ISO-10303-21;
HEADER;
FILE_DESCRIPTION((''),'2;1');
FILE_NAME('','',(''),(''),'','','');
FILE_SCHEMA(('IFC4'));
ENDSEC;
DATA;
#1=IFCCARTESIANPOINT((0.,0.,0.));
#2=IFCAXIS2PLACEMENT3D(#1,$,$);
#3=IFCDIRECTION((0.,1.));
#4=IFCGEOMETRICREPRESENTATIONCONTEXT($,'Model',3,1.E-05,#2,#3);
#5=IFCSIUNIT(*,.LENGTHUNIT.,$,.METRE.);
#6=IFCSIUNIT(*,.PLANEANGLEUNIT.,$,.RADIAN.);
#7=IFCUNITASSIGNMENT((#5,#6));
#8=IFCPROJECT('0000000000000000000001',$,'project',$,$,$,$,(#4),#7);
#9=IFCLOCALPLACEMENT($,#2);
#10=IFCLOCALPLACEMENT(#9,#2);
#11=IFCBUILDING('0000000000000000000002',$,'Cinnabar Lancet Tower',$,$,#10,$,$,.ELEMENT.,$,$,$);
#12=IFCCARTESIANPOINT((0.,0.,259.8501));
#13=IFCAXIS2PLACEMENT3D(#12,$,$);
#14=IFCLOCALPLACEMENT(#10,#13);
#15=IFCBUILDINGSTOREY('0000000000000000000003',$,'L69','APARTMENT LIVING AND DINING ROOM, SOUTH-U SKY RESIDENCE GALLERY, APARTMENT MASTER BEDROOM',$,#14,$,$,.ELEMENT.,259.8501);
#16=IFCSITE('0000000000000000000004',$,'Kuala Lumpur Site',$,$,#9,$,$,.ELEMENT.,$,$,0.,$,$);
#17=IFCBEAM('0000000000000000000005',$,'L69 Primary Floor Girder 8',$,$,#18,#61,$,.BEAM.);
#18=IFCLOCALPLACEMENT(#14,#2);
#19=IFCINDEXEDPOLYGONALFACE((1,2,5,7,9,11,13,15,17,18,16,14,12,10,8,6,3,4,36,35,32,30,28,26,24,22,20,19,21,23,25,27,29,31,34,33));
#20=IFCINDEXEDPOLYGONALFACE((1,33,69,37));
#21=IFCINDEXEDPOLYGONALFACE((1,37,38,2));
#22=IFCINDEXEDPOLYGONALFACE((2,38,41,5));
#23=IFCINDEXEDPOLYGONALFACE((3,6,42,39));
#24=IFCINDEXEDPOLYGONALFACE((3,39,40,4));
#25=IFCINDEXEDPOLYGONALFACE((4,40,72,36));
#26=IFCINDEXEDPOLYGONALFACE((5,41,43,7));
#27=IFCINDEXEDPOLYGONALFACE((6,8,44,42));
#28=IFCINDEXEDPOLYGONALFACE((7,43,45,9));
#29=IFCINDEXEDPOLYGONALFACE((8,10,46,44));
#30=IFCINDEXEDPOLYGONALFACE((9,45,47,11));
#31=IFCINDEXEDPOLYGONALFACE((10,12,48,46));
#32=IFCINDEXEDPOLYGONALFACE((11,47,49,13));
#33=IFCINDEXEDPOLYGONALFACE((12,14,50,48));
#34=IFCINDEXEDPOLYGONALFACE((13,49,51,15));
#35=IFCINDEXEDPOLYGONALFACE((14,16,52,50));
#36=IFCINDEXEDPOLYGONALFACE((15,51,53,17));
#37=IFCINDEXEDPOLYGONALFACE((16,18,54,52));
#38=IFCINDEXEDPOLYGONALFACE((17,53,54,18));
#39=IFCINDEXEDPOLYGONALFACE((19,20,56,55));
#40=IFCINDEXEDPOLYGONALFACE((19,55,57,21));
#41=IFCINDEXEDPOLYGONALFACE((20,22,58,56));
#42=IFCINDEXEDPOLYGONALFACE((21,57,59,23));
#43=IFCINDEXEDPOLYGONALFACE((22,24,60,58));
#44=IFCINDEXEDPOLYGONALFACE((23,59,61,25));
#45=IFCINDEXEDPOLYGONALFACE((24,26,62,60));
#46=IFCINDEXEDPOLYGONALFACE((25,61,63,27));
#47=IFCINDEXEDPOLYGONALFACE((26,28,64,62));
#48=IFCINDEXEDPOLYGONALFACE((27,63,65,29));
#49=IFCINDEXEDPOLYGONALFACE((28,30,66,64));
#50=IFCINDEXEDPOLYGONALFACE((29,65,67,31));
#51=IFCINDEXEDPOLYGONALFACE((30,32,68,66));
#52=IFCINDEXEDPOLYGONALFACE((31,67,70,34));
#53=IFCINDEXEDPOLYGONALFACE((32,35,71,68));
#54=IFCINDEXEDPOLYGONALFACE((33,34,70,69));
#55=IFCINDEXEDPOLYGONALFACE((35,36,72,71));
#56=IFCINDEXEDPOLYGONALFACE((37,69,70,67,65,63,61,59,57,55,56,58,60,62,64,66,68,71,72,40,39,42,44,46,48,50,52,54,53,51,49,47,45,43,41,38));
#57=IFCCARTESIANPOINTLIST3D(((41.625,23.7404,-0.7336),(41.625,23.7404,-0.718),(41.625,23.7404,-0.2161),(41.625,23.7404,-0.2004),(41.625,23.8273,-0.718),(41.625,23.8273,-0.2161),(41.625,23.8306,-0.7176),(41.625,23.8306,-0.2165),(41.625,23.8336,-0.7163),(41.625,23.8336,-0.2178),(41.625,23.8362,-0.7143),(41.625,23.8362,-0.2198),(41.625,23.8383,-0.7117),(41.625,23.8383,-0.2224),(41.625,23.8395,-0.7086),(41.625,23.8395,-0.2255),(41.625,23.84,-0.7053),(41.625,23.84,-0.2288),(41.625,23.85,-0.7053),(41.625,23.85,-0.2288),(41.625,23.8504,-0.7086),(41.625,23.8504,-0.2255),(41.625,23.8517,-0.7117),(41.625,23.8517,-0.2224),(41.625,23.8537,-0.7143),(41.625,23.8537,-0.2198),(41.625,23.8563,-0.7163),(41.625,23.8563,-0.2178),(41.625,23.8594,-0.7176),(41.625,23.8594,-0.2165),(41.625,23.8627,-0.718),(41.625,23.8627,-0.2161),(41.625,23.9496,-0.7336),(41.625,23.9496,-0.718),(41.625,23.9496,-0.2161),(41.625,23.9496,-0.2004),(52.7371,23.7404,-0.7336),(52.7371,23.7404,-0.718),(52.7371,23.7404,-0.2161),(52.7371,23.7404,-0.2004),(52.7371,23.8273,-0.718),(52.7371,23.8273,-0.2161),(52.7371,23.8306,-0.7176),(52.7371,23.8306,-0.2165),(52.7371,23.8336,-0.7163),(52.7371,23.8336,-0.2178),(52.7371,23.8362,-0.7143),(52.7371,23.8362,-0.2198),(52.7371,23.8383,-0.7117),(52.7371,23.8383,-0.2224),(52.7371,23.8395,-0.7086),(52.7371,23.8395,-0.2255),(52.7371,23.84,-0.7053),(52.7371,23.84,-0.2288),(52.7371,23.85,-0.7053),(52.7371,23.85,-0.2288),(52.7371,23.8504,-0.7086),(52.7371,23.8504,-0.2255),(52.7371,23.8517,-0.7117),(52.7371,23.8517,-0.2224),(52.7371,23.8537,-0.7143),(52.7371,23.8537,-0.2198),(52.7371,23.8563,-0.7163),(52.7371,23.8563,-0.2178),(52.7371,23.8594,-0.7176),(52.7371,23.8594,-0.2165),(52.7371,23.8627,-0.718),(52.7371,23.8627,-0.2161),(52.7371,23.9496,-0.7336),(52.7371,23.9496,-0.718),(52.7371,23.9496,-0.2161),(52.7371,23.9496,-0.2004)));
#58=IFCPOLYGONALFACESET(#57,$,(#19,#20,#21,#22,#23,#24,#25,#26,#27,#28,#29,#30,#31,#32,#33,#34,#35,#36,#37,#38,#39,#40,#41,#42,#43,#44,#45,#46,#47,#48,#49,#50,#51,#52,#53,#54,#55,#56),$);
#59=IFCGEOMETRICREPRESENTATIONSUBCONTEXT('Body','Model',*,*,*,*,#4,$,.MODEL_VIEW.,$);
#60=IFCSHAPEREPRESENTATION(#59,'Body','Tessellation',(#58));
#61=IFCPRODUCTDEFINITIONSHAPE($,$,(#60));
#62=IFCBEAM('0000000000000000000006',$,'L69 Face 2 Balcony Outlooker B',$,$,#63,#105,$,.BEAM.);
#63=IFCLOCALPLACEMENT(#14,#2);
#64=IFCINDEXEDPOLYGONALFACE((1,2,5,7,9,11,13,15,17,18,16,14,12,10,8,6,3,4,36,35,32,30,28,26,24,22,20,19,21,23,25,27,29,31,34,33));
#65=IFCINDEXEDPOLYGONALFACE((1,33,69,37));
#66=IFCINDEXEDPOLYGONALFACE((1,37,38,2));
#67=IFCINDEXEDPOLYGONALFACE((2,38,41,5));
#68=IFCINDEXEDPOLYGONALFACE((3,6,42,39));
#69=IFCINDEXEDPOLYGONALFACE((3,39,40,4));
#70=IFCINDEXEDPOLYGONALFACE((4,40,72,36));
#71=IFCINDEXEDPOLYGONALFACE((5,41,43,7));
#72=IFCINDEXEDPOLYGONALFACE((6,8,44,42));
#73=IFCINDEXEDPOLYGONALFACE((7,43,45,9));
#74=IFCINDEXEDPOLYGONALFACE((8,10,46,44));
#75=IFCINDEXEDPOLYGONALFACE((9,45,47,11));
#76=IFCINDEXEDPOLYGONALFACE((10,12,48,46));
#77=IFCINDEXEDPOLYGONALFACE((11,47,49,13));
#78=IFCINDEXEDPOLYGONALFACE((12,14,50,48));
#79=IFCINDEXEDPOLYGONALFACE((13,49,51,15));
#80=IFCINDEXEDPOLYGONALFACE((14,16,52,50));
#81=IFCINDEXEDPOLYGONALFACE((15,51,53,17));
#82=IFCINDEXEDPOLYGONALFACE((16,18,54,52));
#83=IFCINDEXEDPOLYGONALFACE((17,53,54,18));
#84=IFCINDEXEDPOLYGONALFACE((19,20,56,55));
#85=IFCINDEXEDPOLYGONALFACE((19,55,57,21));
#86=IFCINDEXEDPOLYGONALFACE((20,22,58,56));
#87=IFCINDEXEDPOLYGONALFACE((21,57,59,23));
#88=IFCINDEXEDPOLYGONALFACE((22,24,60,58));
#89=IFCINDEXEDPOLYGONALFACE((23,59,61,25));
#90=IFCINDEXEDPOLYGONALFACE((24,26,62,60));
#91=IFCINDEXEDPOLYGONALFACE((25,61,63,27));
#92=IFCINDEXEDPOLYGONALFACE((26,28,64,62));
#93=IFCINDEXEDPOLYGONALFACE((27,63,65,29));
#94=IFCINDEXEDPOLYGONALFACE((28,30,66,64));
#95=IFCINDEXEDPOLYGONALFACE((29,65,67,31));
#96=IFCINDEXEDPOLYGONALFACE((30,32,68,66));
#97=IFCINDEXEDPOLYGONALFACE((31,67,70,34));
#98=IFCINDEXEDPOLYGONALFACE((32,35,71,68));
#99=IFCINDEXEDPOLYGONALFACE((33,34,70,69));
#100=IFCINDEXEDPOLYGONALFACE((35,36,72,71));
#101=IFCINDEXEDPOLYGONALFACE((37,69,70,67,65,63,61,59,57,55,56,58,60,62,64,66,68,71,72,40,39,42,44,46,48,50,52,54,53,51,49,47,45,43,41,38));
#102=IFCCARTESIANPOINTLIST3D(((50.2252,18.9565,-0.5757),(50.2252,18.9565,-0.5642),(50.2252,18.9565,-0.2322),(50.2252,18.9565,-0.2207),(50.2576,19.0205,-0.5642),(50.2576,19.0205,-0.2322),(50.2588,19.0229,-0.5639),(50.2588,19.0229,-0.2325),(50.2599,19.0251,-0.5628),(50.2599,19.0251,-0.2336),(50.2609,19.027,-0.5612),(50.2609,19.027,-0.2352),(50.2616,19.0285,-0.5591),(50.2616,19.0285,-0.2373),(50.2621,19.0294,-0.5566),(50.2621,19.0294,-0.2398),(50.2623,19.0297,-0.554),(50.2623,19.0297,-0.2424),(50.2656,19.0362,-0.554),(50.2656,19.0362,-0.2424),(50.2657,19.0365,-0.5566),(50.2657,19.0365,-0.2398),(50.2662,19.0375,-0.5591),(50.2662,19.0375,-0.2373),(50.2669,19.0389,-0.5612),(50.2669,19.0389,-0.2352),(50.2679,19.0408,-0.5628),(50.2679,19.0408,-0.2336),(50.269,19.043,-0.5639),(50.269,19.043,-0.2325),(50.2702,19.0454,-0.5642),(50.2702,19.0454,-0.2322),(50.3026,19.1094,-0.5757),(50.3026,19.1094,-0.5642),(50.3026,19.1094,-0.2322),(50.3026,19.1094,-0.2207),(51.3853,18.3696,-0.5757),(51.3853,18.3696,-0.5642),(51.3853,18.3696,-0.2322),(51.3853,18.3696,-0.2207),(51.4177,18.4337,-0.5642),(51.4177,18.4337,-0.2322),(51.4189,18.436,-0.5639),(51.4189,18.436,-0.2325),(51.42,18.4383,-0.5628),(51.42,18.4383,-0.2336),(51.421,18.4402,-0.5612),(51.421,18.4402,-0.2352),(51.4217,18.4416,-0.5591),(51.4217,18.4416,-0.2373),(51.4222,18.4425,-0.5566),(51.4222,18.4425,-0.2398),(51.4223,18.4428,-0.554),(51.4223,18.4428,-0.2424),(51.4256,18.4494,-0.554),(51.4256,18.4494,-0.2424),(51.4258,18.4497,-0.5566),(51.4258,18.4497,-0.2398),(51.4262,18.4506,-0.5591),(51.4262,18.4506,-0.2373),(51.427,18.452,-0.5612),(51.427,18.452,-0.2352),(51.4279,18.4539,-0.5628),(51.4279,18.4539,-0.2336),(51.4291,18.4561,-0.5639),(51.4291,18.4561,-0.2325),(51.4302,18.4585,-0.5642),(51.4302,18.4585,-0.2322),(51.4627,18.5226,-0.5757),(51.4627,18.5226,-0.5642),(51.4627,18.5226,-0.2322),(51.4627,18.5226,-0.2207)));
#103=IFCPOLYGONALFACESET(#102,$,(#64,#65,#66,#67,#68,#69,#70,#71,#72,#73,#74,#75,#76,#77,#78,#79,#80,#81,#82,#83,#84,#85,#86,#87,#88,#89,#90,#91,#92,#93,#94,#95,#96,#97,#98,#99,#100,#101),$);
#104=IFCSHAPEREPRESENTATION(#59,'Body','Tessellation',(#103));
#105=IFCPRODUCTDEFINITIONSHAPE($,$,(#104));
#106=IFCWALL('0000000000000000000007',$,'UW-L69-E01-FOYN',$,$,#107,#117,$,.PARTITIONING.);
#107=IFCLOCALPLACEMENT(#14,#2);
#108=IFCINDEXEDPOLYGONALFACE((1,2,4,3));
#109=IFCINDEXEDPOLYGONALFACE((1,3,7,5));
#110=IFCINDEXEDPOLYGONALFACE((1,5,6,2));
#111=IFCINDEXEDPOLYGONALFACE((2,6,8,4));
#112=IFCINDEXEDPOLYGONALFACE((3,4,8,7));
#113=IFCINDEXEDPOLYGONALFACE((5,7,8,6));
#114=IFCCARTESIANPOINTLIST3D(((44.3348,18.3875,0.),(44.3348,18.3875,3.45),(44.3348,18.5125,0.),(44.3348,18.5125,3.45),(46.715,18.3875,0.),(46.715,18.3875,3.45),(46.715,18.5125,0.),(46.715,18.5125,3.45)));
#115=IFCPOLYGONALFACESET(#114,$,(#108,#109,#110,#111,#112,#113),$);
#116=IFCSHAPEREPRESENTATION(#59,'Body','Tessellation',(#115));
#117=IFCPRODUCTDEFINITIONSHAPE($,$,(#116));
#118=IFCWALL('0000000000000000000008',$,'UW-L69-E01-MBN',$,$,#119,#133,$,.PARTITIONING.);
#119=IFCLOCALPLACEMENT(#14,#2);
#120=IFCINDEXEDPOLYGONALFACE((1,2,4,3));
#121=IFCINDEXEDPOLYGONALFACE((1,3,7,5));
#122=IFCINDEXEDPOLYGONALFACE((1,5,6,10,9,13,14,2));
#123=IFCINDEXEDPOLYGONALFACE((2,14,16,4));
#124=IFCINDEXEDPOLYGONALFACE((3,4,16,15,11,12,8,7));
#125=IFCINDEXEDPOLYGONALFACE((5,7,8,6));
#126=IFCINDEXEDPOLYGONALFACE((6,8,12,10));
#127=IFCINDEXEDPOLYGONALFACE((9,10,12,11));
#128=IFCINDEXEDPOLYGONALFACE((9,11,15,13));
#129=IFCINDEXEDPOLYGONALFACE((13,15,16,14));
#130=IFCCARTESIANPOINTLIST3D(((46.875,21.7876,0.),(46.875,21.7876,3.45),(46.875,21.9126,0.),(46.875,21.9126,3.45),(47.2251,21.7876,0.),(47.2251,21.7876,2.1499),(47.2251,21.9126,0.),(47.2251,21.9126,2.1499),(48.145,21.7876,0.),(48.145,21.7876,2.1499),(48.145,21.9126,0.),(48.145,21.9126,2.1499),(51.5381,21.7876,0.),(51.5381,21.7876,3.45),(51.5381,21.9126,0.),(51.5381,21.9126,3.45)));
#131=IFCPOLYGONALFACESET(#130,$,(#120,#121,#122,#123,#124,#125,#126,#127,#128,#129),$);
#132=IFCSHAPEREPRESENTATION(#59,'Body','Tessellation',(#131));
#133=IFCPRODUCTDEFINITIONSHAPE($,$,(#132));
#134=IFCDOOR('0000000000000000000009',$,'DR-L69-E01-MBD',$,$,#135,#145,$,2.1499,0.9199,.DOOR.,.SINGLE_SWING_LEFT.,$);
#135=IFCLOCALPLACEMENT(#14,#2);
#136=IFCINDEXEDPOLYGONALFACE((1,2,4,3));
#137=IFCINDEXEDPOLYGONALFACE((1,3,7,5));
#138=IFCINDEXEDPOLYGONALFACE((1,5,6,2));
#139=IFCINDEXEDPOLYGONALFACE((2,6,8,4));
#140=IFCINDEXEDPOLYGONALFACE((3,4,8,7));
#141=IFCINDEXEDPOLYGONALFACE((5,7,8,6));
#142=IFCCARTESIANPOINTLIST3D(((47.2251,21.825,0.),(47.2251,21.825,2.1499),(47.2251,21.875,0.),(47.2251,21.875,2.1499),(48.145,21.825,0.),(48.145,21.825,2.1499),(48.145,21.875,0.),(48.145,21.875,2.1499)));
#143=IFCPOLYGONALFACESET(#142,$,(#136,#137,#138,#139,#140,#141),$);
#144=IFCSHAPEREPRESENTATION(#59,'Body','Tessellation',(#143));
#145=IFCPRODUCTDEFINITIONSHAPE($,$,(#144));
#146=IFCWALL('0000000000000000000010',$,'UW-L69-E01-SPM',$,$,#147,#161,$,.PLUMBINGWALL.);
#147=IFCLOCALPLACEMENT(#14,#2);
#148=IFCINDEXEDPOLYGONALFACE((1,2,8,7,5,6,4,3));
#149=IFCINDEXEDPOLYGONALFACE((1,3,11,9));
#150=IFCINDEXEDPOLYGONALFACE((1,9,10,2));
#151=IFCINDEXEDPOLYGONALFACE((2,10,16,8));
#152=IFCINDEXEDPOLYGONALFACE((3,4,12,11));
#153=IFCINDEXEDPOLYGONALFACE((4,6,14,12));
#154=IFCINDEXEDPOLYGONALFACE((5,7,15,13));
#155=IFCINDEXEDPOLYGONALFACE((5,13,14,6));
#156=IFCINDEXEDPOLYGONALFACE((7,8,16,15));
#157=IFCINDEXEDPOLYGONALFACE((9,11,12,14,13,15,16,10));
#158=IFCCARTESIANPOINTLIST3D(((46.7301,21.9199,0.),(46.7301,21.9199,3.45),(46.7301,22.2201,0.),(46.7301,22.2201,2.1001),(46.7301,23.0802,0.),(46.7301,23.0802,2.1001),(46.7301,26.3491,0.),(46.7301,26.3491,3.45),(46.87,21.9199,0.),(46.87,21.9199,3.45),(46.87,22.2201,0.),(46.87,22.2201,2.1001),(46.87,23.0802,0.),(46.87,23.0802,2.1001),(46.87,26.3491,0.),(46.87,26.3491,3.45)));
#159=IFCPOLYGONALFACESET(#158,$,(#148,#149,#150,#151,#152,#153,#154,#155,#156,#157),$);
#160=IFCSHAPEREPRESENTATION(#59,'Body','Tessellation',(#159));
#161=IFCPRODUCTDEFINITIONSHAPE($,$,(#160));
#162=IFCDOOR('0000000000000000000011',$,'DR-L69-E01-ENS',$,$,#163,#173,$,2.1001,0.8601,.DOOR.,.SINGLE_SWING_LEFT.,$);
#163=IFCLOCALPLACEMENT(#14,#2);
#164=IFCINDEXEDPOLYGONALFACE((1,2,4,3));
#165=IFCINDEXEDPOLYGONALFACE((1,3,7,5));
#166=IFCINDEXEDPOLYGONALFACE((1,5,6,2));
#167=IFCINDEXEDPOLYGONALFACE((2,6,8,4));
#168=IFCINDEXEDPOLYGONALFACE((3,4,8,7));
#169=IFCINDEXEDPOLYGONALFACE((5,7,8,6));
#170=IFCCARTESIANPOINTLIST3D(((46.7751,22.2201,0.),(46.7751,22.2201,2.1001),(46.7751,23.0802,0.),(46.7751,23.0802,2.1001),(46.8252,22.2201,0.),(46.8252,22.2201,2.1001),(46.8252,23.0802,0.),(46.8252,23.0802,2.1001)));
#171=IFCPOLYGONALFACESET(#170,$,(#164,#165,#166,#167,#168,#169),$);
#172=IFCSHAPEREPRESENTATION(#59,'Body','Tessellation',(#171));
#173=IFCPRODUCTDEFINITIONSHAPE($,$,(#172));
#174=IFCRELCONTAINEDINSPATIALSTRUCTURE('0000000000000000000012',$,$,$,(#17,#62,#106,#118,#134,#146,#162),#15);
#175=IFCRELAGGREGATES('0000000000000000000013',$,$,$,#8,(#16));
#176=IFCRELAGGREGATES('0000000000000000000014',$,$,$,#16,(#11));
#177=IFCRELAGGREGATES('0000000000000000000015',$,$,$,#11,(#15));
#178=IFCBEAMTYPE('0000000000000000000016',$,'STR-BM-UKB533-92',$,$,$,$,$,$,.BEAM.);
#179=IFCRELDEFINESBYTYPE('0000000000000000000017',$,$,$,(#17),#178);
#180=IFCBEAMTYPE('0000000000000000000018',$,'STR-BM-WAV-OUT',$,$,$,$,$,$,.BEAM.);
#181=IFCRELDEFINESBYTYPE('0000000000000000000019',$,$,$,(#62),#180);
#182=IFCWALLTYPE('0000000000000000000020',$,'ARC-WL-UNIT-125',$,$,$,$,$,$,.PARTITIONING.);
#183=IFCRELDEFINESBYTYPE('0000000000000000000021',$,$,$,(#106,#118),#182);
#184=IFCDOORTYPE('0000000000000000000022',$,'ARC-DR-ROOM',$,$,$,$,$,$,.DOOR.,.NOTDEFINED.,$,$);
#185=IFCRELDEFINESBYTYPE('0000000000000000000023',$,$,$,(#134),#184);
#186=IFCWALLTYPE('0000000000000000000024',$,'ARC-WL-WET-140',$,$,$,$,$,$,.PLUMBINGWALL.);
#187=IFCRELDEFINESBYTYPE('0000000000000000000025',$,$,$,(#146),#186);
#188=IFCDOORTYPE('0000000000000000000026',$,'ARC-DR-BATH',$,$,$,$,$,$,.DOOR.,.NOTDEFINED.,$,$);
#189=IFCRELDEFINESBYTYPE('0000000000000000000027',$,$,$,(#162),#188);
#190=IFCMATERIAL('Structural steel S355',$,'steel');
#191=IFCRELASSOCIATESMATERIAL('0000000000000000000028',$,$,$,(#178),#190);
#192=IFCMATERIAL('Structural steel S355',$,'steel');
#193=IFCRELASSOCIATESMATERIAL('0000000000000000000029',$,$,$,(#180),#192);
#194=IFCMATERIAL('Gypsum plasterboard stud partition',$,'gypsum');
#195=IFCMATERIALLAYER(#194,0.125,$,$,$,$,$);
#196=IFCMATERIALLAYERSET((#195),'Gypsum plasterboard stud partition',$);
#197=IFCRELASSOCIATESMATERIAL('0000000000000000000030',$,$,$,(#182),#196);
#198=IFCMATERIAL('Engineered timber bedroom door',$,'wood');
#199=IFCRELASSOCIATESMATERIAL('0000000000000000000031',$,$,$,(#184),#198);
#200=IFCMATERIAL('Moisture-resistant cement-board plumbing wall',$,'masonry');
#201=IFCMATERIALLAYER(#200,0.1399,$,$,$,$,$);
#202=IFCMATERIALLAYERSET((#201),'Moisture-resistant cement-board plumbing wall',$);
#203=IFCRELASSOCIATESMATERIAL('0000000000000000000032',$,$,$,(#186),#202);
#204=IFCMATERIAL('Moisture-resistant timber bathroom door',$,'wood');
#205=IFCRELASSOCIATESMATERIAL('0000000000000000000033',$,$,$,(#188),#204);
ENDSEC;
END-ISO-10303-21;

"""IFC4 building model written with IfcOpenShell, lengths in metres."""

from ifc_helpers import new_model, si_unit, direction, frame, frame_2d, origin, origin_2d, place, context, subcontext, project, spatial, rectangle, i_section, extrude, material, layer, layer_set, material_profile, profile_set, type_object, element, fill, save


model = new_model("IFC4")

# Units and contexts
model_context = context("Model", 3, precision=1e-05, world=origin(), true_north=direction((0.0, 1.0)))
body_context = subcontext(model_context, "Body", "Model", "MODEL_VIEW")
ifc_project = project(units=[si_unit("LENGTHUNIT", "METRE"), si_unit("PLANEANGLEUNIT", "RADIAN")], contexts=[model_context])

# Site, building, storey
site_placement = place(None, origin())
site = spatial("IfcSite", under=ifc_project, at=site_placement, Name="Kuala Lumpur Site", CompositionType="ELEMENT", RefElevation=0.0)
building_placement = place(site_placement, origin())
building = spatial("IfcBuilding", under=site, at=building_placement, Name="Cinnabar Lancet Tower", CompositionType="ELEMENT")
storey_placement = place(building_placement, frame((0.0, 0.0, 259.8501)))
storey = spatial("IfcBuildingStorey", under=building, at=storey_placement, Name="L69", Description="APARTMENT LIVING AND DINING ROOM, SOUTH-U SKY RESIDENCE GALLERY, APARTMENT MASTER BEDROOM", CompositionType="ELEMENT", Elevation=259.8501)

# Beams
ifc_material_1 = material(Name="Structural steel S355", Category="steel")
ifc_material_profile_1 = material_profile(ifc_material_1, i_section(OverallWidth=0.2092, OverallDepth=0.5332, WebThickness=0.01, FlangeThickness=0.0156, FilletRadius=0.0127, at=origin_2d()), Name="UKB 533x210x92")
ifc_profile_set_1 = profile_set([ifc_material_profile_1], Name="Structural steel S355")
beam_type_1 = type_object("IfcBeamType", Name="STR-BM-UKB533-92", PredefinedType="BEAM", material=ifc_profile_set_1)
beam_1_placement = place(storey_placement, frame((52.7371, 23.845, -0.467), z_axis=(-1.0, 0.0, 0.0), x_axis=(0.0, -1.0, 0.0)))
element("IfcBeam", 1, at=beam_1_placement, inside=storey, type_object=beam_type_1, Name="L69 Primary Floor Girder 8", PredefinedType="BEAM", context=body_context, shape_type="SweptSolid", body=[
    extrude(i_section(OverallWidth=0.2092, OverallDepth=0.5332, WebThickness=0.01, FlangeThickness=0.0156, FilletRadius=0.0127, at=origin_2d()), origin(), (0.0, 0.0, 1.0), 11.1121),
])
ifc_material_2 = material(Name="Structural steel S355", Category="steel")
ifc_material_profile_2 = material_profile(ifc_material_2, i_section(OverallWidth=0.1714, OverallDepth=0.355, WebThickness=0.0073, FlangeThickness=0.0115, FilletRadius=0.0103, at=origin_2d()), Name="UKB 356x171x51")
ifc_profile_set_2 = profile_set([ifc_material_profile_2], Name="Structural steel S355")
beam_type_2 = type_object("IfcBeamType", Name="STR-BM-WAV-OUT", PredefinedType="BEAM", material=ifc_profile_set_2)
beam_2_placement = place(storey_placement, frame((50.2639, 19.033, -0.3982), z_axis=(0.892314, -0.451415, 0.0), x_axis=(0.451415, 0.892314, 0.0)))
element("IfcBeam", 2, at=beam_2_placement, inside=storey, type_object=beam_type_2, Name="L69 Face 2 Balcony Outlooker B", PredefinedType="BEAM", context=body_context, shape_type="SweptSolid", body=[
    extrude(i_section(OverallWidth=0.1714, OverallDepth=0.355, WebThickness=0.0073, FlangeThickness=0.0115, FilletRadius=0.0103, at=origin_2d()), origin(), (0.0, 0.0, 1.0), 1.3),
])

# Wall
ifc_material_3 = material(Name="Gypsum plasterboard stud partition", Category="gypsum")
ifc_layer_1 = layer(ifc_material_3, 0.125)
ifc_layer_set_1 = layer_set([ifc_layer_1], Name="Gypsum plasterboard stud partition")
wall_type_1 = type_object("IfcWallType", Name="ARC-WL-UNIT-125", PredefinedType="PARTITIONING", material=ifc_layer_set_1)
wall_1_placement = place(storey_placement, frame((44.335, 18.45, 0.0), z_axis=(0.0, 0.0, 1.0), x_axis=(1.0, 0.0, 0.0)))
element("IfcWall", 3, at=wall_1_placement, inside=storey, type_object=wall_type_1, Name="UW-L69-E01-FOYN", PredefinedType="PARTITIONING", context=body_context, shape_type="SweptSolid", body=[
    extrude(rectangle(XDim=2.3801, YDim=0.125, at=frame_2d((1.1899, 0.0))), origin(), (0.0, 0.0, 1.0), 3.45),
])

# Wall, opening, door
wall_2_placement = place(storey_placement, frame((46.875, 21.8501, 0.0), z_axis=(0.0, 0.0, 1.0), x_axis=(1.0, 0.0, 0.0)))
wall_2 = element("IfcWall", 4, at=wall_2_placement, inside=storey, type_object=wall_type_1, Name="UW-L69-E01-MBN", PredefinedType="PARTITIONING", context=body_context, shape_type="SweptSolid", body=[
    extrude(rectangle(XDim=4.6631, YDim=0.125, at=frame_2d((2.3315, 0.0))), origin(), (0.0, 0.0, 1.0), 3.45),
])
opening_1_placement = place(wall_2_placement, frame((0.3501, 0.0, 0.0)))
opening_1 = element("IfcOpeningElement", 5, at=opening_1_placement, cuts=wall_2, PredefinedType="OPENING", context=body_context, shape_type="SweptSolid", body=[
    extrude(rectangle(XDim=0.9199, YDim=2.1499, at=frame_2d((0.46, 1.075))), frame((0.0, 0.0725, 0.0), z_axis=(0.0, -1.0, 0.0), x_axis=(1.0, 0.0, 0.0)), (0.0, 0.0, 1.0), 0.145),
])
ifc_material_4 = material(Name="Engineered timber bedroom door", Category="wood")
door_type_1 = type_object("IfcDoorType", Name="ARC-DR-ROOM", OperationType="NOTDEFINED", PredefinedType="DOOR", material=ifc_material_4)
door_1_placement = place(opening_1_placement, origin())
door_1 = element("IfcDoor", 6, at=door_1_placement, inside=storey, type_object=door_type_1, Name="DR-L69-E01-MBD", OperationType="SINGLE_SWING_LEFT", OverallHeight=2.1499, OverallWidth=0.9199, PredefinedType="DOOR", context=body_context, shape_type="SweptSolid", body=[
    extrude(rectangle(XDim=0.9199, YDim=2.1499, at=frame_2d((0.46, 1.075))), frame((0.0, 0.0249, 0.0), z_axis=(0.0, -1.0, 0.0), x_axis=(1.0, 0.0, 0.0)), (0.0, 0.0, 1.0), 0.05),
])
fill(opening_1, door_1)

# Shared definitions
ifc_material_5 = material(Name="Moisture-resistant cement-board plumbing wall", Category="masonry")
ifc_layer_2 = layer(ifc_material_5, 0.1399)
ifc_layer_set_2 = layer_set([ifc_layer_2], Name="Moisture-resistant cement-board plumbing wall")
wall_type_2 = type_object("IfcWallType", Name="ARC-WL-WET-140", PredefinedType="PLUMBINGWALL", material=ifc_layer_set_2)
ifc_material_6 = material(Name="Moisture-resistant timber bathroom door", Category="wood")
door_type_2 = type_object("IfcDoorType", Name="ARC-DR-BATH", OperationType="NOTDEFINED", PredefinedType="DOOR", material=ifc_material_6)

# Wall, opening, door
wall_3_placement = place(storey_placement, frame((46.8, 21.9199, 0.0), z_axis=(0.0, 0.0, 1.0), x_axis=(0.0, 1.0, 0.0)))
wall_3 = element("IfcWall", 7, at=wall_3_placement, inside=storey, type_object=wall_type_2, Name="UW-L69-E01-SPM", PredefinedType="PLUMBINGWALL", context=body_context, shape_type="SweptSolid", body=[
    extrude(rectangle(XDim=4.4292, YDim=0.1399, at=frame_2d((2.2146, 0.0))), origin(), (0.0, 0.0, 1.0), 3.45),
])
opening_2_placement = place(wall_3_placement, frame((0.3, 0.0, 0.0)))
opening_2 = element("IfcOpeningElement", 8, at=opening_2_placement, cuts=wall_3, PredefinedType="OPENING", context=body_context, shape_type="SweptSolid", body=[
    extrude(rectangle(XDim=0.8601, YDim=2.1001, at=frame_2d((0.4302, 1.05))), frame((0.0, 0.0798, 0.0), z_axis=(0.0, -1.0, 0.0), x_axis=(1.0, 0.0, 0.0)), (0.0, 0.0, 1.0), 0.1599),
])
door_2_placement = place(opening_2_placement, origin())
door_2 = element("IfcDoor", 9, at=door_2_placement, inside=storey, type_object=door_type_2, Name="DR-L69-E01-ENS", OperationType="SINGLE_SWING_LEFT", OverallHeight=2.1001, OverallWidth=0.8601, PredefinedType="DOOR", context=body_context, shape_type="SweptSolid", body=[
    extrude(rectangle(XDim=0.8601, YDim=2.1001, at=frame_2d((0.4302, 1.05))), frame((0.0, 0.0249, 0.0), z_axis=(0.0, -1.0, 0.0), x_axis=(1.0, 0.0, 0.0)), (0.0, 0.0, 1.0), 0.05),
])
fill(opening_2, door_2)

save(model, "model.ifc")
